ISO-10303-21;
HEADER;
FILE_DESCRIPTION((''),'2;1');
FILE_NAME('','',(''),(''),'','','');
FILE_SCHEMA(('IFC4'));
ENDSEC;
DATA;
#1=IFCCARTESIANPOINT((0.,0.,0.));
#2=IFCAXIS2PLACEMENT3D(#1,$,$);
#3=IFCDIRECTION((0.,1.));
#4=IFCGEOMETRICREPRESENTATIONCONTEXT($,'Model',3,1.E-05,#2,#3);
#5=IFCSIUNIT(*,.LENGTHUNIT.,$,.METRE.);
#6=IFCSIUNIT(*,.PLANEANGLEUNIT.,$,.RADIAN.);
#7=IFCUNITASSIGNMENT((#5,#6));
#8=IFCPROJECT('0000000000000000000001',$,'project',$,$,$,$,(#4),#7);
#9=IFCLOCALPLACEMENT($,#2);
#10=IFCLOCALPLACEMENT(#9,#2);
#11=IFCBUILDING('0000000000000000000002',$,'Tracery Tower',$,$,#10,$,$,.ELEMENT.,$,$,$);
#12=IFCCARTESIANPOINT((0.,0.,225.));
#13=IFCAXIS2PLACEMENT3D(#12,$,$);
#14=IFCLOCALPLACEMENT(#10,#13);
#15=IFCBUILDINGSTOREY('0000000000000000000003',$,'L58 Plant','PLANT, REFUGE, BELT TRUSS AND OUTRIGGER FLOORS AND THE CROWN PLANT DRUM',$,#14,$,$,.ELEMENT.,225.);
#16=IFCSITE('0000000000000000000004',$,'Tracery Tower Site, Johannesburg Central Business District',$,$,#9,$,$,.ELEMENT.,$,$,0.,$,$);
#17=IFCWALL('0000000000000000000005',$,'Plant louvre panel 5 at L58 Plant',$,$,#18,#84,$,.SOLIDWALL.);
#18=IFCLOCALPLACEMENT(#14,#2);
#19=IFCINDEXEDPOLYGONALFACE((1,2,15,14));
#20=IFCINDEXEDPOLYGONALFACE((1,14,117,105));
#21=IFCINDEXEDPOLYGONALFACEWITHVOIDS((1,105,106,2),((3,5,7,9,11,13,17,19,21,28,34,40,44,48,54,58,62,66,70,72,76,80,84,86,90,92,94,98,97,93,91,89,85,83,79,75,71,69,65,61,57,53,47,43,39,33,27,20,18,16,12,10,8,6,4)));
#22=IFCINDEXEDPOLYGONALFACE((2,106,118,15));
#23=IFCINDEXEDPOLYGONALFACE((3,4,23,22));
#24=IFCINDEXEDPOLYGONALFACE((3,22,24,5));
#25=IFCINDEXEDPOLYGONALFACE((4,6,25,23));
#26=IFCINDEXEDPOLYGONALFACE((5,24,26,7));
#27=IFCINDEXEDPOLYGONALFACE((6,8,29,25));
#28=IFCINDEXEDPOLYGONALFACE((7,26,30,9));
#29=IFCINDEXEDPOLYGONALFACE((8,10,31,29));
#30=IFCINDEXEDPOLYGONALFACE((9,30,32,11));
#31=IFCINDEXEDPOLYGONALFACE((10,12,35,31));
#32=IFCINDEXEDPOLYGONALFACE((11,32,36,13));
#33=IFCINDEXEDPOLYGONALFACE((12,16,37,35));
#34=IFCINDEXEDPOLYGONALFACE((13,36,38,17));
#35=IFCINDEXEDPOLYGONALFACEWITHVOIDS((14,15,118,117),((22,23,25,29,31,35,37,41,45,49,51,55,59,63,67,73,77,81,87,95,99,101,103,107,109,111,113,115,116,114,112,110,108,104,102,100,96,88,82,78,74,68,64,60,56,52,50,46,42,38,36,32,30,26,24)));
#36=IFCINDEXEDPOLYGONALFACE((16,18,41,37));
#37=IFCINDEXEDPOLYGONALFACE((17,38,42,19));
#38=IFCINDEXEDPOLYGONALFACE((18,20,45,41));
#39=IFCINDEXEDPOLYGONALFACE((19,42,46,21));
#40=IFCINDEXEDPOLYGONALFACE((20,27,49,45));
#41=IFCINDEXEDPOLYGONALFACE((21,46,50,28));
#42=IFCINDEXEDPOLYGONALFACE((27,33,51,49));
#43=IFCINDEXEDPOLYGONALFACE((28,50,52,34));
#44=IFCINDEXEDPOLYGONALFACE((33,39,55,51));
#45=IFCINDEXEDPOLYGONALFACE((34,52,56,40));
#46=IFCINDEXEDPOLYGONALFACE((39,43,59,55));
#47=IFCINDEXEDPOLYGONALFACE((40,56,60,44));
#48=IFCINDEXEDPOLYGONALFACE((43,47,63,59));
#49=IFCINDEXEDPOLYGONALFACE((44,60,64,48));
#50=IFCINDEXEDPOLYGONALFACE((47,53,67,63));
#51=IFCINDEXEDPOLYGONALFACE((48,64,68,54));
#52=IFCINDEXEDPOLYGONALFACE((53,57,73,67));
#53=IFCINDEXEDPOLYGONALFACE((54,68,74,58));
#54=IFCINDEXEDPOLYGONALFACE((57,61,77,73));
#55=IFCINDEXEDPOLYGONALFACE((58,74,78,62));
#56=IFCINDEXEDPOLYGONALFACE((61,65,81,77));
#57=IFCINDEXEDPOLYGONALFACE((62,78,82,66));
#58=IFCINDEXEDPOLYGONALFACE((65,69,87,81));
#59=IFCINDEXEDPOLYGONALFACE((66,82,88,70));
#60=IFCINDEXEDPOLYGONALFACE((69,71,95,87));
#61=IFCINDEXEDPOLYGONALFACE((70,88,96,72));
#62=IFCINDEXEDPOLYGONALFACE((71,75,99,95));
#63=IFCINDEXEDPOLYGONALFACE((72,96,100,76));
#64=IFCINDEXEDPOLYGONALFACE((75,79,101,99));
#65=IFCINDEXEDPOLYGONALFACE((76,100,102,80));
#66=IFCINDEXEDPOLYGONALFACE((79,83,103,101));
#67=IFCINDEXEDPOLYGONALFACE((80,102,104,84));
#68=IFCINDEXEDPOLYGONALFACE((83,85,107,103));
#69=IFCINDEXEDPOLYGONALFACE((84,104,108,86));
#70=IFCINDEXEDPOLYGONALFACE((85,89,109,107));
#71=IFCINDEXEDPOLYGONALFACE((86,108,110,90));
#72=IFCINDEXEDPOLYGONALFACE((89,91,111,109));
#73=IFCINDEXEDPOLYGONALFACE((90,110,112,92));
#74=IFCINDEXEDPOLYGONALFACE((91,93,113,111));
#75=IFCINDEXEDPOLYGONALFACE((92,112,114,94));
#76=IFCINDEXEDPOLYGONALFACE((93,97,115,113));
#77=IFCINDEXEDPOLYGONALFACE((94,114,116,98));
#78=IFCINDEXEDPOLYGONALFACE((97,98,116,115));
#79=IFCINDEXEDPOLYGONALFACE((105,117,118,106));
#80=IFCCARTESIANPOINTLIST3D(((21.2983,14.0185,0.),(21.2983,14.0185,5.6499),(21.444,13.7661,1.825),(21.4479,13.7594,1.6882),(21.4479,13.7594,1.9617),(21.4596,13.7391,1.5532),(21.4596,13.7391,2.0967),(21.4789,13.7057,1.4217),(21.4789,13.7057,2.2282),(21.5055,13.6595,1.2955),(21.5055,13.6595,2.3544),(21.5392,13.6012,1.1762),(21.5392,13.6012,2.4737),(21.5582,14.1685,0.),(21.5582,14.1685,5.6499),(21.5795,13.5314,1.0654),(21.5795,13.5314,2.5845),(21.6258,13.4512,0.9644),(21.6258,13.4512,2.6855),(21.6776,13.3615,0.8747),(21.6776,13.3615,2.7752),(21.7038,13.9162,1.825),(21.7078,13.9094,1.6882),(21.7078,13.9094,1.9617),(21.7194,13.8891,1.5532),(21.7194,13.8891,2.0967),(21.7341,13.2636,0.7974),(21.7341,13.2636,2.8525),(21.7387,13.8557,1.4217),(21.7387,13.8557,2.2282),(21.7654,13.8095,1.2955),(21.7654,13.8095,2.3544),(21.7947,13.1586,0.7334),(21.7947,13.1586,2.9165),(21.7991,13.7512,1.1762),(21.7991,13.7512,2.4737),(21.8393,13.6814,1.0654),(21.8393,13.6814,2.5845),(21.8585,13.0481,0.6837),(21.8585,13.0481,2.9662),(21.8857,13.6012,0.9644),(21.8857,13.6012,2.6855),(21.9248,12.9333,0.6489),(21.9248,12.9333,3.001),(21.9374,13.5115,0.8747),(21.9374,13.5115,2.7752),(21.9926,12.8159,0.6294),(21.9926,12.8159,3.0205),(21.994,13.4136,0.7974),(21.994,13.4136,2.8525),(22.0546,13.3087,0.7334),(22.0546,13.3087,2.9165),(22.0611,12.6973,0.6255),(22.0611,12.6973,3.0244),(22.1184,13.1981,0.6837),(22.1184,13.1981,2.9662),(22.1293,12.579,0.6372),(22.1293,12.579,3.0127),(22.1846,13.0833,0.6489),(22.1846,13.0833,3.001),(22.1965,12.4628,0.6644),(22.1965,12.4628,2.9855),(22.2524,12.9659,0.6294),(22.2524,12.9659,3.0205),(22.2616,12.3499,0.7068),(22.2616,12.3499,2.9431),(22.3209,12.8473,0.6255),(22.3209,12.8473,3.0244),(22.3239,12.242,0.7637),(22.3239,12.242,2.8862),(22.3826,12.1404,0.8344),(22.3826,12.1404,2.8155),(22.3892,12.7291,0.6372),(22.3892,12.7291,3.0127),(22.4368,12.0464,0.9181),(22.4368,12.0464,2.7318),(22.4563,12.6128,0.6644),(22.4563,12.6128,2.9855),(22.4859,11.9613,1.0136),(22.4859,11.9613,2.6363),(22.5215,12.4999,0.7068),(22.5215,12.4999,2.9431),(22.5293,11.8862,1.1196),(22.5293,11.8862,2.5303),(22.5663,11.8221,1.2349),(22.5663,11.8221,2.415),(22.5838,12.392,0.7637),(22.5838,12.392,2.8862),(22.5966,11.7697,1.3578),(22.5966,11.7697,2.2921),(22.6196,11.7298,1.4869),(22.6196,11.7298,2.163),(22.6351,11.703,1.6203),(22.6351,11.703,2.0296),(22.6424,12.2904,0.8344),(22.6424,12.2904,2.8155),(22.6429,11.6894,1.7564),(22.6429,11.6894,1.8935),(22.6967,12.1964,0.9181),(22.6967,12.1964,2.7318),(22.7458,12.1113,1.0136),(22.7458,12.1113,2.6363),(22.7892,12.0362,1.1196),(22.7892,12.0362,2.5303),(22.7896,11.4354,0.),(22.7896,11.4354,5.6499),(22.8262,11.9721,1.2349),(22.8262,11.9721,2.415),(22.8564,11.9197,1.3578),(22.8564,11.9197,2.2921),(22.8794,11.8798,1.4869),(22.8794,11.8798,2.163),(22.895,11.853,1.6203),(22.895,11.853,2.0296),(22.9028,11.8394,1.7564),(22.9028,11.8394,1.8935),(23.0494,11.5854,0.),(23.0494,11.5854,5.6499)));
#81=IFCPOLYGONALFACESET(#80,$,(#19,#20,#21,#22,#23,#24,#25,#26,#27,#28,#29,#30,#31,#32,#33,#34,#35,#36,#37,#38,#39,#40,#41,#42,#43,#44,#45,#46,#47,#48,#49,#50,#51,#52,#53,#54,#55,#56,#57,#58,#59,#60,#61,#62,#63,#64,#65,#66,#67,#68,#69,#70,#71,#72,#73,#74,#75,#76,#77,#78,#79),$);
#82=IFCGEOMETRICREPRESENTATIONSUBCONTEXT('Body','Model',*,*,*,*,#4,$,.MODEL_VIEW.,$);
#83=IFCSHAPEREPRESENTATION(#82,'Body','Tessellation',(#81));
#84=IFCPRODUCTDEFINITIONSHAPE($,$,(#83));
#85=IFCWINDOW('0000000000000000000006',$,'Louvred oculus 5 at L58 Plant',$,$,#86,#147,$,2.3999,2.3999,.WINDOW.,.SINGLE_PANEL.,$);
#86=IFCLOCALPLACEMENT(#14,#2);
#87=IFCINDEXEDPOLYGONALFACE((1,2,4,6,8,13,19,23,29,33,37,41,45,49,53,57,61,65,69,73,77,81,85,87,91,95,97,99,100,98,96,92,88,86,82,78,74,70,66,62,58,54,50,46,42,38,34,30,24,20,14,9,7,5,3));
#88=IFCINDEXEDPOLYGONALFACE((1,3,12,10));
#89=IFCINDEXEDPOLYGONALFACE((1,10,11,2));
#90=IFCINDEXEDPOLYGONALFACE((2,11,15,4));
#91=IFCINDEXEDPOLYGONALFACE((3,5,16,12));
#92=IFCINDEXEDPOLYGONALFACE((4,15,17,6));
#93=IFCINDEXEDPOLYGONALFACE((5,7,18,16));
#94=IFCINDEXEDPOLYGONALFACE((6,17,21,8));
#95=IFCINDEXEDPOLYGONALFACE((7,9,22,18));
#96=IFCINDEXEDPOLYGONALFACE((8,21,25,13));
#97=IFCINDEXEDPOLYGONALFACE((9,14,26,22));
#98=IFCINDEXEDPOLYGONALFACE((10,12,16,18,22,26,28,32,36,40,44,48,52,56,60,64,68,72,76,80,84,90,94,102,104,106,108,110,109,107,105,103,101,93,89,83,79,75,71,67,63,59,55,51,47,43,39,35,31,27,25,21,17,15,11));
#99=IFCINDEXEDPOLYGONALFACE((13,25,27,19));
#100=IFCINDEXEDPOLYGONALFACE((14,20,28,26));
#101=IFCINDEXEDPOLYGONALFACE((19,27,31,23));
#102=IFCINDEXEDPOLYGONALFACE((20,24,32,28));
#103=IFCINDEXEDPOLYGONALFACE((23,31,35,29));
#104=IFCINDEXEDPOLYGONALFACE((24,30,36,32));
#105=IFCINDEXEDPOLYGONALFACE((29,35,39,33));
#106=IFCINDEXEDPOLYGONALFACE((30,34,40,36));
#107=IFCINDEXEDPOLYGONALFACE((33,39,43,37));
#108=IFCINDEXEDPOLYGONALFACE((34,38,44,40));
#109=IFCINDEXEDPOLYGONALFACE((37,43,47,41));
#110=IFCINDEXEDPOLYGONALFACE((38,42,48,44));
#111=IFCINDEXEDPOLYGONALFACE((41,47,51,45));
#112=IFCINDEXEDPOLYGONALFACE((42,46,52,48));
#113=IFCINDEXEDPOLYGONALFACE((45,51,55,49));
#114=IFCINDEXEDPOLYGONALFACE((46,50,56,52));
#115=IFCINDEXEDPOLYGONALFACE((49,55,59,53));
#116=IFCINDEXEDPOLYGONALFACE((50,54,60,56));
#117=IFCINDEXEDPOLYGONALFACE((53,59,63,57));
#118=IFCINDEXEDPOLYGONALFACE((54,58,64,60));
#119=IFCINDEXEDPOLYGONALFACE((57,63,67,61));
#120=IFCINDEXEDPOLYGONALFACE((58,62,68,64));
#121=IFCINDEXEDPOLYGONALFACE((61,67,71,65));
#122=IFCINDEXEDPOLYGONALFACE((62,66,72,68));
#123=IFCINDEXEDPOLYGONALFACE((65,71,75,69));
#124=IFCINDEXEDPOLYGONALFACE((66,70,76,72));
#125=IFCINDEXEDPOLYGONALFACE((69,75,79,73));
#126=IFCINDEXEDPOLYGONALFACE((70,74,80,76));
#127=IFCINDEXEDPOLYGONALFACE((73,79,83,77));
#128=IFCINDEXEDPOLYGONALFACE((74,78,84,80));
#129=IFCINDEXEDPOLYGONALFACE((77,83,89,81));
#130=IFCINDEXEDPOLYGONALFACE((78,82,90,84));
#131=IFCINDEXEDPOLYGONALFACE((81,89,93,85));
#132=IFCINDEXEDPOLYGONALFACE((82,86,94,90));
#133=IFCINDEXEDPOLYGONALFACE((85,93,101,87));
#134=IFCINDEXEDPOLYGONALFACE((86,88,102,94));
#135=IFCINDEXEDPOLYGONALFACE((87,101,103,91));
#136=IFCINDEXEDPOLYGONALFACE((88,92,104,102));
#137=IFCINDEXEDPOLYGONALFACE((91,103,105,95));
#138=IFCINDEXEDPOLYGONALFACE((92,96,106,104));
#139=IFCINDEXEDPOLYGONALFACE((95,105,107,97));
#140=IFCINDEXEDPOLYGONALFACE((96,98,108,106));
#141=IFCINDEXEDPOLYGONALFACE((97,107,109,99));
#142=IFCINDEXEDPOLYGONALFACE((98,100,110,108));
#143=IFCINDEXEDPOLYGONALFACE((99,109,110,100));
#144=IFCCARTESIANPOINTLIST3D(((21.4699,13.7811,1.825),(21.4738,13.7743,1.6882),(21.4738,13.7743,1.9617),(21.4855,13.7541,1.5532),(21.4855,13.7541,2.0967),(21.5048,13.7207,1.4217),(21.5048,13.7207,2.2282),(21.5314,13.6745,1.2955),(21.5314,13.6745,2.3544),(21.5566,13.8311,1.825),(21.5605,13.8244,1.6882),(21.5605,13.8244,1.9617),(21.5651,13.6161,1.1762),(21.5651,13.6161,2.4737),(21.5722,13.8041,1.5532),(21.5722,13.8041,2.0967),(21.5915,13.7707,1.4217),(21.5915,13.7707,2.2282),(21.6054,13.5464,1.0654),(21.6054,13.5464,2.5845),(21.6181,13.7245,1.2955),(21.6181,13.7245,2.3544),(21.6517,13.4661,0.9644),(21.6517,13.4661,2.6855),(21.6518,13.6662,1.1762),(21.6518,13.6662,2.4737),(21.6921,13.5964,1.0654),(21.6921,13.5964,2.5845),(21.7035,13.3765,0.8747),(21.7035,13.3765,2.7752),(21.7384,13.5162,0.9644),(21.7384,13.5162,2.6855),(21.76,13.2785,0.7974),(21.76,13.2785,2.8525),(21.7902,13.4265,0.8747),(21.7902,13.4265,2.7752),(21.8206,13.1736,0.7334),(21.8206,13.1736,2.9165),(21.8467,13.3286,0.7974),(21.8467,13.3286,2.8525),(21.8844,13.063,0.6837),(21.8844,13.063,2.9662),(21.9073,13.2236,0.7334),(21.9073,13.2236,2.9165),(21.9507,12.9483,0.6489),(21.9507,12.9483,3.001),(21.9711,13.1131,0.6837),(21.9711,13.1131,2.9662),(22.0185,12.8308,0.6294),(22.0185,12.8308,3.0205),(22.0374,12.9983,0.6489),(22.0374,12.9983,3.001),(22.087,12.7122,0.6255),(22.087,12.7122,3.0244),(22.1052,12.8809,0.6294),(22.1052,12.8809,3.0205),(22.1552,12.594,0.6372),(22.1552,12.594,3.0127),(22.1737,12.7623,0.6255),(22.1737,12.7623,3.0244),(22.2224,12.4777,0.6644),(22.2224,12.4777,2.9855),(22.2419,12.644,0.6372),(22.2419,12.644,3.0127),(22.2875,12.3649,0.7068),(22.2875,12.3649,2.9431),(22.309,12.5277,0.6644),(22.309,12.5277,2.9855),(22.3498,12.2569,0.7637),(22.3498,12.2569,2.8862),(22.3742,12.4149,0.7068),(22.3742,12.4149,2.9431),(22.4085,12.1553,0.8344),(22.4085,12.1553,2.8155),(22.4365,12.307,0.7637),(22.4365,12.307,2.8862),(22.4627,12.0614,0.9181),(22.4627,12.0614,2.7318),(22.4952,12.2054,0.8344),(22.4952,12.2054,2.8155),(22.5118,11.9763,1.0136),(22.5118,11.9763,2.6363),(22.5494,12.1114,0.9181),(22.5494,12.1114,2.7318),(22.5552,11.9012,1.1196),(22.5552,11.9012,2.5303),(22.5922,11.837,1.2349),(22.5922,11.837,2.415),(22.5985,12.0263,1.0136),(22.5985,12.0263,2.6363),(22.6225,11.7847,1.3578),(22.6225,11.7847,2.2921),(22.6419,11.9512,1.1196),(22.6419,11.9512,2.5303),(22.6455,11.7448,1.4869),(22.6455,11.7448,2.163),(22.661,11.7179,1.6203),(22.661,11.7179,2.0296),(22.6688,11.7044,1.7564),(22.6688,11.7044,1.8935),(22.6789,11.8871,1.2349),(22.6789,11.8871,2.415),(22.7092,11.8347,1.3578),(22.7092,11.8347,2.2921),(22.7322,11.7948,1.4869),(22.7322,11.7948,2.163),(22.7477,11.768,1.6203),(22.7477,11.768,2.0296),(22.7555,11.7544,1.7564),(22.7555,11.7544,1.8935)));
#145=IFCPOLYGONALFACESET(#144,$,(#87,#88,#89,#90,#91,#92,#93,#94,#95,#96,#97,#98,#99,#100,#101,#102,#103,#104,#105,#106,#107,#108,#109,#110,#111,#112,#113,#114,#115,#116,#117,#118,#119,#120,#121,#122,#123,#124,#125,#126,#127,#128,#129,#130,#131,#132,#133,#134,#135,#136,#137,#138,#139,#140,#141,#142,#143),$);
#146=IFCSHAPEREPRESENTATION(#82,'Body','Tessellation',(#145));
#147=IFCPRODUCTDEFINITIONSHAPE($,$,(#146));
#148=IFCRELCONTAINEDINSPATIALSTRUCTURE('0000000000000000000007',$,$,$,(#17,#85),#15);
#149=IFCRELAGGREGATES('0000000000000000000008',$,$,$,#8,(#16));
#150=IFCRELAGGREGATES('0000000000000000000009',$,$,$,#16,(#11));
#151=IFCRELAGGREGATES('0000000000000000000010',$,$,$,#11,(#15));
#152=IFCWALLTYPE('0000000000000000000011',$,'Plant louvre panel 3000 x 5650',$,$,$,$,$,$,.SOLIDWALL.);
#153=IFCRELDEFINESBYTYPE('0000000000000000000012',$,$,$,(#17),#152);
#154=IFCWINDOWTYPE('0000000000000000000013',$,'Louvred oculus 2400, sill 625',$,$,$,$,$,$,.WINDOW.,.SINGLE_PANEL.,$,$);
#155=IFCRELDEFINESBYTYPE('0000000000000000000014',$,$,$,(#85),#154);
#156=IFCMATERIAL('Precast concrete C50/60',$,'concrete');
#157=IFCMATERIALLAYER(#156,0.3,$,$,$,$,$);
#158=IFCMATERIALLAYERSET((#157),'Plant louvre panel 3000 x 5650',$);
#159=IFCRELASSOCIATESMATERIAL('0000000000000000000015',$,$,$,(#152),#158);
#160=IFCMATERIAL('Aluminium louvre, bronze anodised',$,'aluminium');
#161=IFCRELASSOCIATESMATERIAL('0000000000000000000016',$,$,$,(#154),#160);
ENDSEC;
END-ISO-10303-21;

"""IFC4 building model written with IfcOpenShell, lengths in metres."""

from ifc_helpers import new_model, si_unit, direction, frame, frame_2d, origin, origin_2d, place, context, subcontext, project, spatial, rectangle, circle, extrude, material, layer, layer_set, type_object, element, fill, save


model = new_model("IFC4")

# Units and contexts
model_context = context("Model", 3, precision=1e-05, world=origin(), true_north=direction((0.0, 1.0)))
body_context = subcontext(model_context, "Body", "Model", "MODEL_VIEW")
ifc_project = project(units=[si_unit("LENGTHUNIT", "METRE"), si_unit("PLANEANGLEUNIT", "RADIAN")], contexts=[model_context])

# Site, building, storey
site_placement = place(None, origin())
site = spatial("IfcSite", under=ifc_project, at=site_placement, Name="Tracery Tower Site, Johannesburg Central Business District", CompositionType="ELEMENT", RefElevation=0.0)
building_placement = place(site_placement, origin())
building = spatial("IfcBuilding", under=site, at=building_placement, Name="Tracery Tower", CompositionType="ELEMENT")
storey_placement = place(building_placement, frame((0.0, 0.0, 225.0)))
storey = spatial("IfcBuildingStorey", under=building, at=storey_placement, Name="L58 Plant", Description="PLANT, REFUGE, BELT TRUSS AND OUTRIGGER FLOORS AND THE CROWN PLANT DRUM", CompositionType="ELEMENT", Elevation=225.0)

# Wall, opening, window
ifc_material_1 = material(Name="Precast concrete C50/60", Category="concrete")
ifc_layer_1 = layer(ifc_material_1, 0.3)
ifc_layer_set_1 = layer_set([ifc_layer_1], Name="Plant louvre panel 3000 x 5650")
wall_type_1 = type_object("IfcWallType", Name="Plant louvre panel 3000 x 5650", PredefinedType="SOLIDWALL", material=ifc_layer_set_1)
wall_1_placement = place(storey_placement, frame((22.9194, 11.5105, 0.0), z_axis=(0.0, 0.0, 1.0), x_axis=(-0.499978, 0.866038, 0.0)))
wall_1 = element("IfcWall", 1, at=wall_1_placement, inside=storey, type_object=wall_type_1, Name="Plant louvre panel 5 at L58 Plant", PredefinedType="SOLIDWALL", context=body_context, shape_type="SweptSolid", body=[
    extrude(rectangle(XDim=2.9827, YDim=0.3, at=frame_2d((1.4912, 0.0))), origin(), (0.0, 0.0, 1.0), 5.6499),
])
opening_1_placement = place(wall_1_placement, frame((1.4912, 0.0, 1.825)))
opening_1 = element("IfcOpeningElement", 2, at=opening_1_placement, cuts=wall_1, PredefinedType="OPENING", context=body_context, shape_type="SweptSolid", body=[
    extrude(circle(Radius=1.2, at=origin_2d()), frame((0.0, 0.1599, 0.0), z_axis=(0.0, -1.0, 0.0), x_axis=(1.0, 0.0, 0.0)), (0.0, 0.0, 1.0), 0.3201),
])
ifc_material_2 = material(Name="Aluminium louvre, bronze anodised", Category="aluminium")
window_type = type_object("IfcWindowType", Name="Louvred oculus 2400, sill 625", PartitioningType="SINGLE_PANEL", PredefinedType="WINDOW", material=ifc_material_2)
window_1_placement = place(opening_1_placement, origin())
window_1 = element("IfcWindow", 3, at=window_1_placement, inside=storey, type_object=window_type, Name="Louvred oculus 5 at L58 Plant", OverallHeight=2.3999, OverallWidth=2.3999, PartitioningType="SINGLE_PANEL", PredefinedType="WINDOW", context=body_context, shape_type="SweptSolid", body=[
    extrude(circle(Radius=1.2, at=origin_2d()), frame((0.0, 0.1201, 0.0), z_axis=(0.0, -1.0, 0.0), x_axis=(1.0, 0.0, 0.0)), (0.0, 0.0, 1.0), 0.1001),
])
fill(opening_1, window_1)

save(model, "model.ifc")
